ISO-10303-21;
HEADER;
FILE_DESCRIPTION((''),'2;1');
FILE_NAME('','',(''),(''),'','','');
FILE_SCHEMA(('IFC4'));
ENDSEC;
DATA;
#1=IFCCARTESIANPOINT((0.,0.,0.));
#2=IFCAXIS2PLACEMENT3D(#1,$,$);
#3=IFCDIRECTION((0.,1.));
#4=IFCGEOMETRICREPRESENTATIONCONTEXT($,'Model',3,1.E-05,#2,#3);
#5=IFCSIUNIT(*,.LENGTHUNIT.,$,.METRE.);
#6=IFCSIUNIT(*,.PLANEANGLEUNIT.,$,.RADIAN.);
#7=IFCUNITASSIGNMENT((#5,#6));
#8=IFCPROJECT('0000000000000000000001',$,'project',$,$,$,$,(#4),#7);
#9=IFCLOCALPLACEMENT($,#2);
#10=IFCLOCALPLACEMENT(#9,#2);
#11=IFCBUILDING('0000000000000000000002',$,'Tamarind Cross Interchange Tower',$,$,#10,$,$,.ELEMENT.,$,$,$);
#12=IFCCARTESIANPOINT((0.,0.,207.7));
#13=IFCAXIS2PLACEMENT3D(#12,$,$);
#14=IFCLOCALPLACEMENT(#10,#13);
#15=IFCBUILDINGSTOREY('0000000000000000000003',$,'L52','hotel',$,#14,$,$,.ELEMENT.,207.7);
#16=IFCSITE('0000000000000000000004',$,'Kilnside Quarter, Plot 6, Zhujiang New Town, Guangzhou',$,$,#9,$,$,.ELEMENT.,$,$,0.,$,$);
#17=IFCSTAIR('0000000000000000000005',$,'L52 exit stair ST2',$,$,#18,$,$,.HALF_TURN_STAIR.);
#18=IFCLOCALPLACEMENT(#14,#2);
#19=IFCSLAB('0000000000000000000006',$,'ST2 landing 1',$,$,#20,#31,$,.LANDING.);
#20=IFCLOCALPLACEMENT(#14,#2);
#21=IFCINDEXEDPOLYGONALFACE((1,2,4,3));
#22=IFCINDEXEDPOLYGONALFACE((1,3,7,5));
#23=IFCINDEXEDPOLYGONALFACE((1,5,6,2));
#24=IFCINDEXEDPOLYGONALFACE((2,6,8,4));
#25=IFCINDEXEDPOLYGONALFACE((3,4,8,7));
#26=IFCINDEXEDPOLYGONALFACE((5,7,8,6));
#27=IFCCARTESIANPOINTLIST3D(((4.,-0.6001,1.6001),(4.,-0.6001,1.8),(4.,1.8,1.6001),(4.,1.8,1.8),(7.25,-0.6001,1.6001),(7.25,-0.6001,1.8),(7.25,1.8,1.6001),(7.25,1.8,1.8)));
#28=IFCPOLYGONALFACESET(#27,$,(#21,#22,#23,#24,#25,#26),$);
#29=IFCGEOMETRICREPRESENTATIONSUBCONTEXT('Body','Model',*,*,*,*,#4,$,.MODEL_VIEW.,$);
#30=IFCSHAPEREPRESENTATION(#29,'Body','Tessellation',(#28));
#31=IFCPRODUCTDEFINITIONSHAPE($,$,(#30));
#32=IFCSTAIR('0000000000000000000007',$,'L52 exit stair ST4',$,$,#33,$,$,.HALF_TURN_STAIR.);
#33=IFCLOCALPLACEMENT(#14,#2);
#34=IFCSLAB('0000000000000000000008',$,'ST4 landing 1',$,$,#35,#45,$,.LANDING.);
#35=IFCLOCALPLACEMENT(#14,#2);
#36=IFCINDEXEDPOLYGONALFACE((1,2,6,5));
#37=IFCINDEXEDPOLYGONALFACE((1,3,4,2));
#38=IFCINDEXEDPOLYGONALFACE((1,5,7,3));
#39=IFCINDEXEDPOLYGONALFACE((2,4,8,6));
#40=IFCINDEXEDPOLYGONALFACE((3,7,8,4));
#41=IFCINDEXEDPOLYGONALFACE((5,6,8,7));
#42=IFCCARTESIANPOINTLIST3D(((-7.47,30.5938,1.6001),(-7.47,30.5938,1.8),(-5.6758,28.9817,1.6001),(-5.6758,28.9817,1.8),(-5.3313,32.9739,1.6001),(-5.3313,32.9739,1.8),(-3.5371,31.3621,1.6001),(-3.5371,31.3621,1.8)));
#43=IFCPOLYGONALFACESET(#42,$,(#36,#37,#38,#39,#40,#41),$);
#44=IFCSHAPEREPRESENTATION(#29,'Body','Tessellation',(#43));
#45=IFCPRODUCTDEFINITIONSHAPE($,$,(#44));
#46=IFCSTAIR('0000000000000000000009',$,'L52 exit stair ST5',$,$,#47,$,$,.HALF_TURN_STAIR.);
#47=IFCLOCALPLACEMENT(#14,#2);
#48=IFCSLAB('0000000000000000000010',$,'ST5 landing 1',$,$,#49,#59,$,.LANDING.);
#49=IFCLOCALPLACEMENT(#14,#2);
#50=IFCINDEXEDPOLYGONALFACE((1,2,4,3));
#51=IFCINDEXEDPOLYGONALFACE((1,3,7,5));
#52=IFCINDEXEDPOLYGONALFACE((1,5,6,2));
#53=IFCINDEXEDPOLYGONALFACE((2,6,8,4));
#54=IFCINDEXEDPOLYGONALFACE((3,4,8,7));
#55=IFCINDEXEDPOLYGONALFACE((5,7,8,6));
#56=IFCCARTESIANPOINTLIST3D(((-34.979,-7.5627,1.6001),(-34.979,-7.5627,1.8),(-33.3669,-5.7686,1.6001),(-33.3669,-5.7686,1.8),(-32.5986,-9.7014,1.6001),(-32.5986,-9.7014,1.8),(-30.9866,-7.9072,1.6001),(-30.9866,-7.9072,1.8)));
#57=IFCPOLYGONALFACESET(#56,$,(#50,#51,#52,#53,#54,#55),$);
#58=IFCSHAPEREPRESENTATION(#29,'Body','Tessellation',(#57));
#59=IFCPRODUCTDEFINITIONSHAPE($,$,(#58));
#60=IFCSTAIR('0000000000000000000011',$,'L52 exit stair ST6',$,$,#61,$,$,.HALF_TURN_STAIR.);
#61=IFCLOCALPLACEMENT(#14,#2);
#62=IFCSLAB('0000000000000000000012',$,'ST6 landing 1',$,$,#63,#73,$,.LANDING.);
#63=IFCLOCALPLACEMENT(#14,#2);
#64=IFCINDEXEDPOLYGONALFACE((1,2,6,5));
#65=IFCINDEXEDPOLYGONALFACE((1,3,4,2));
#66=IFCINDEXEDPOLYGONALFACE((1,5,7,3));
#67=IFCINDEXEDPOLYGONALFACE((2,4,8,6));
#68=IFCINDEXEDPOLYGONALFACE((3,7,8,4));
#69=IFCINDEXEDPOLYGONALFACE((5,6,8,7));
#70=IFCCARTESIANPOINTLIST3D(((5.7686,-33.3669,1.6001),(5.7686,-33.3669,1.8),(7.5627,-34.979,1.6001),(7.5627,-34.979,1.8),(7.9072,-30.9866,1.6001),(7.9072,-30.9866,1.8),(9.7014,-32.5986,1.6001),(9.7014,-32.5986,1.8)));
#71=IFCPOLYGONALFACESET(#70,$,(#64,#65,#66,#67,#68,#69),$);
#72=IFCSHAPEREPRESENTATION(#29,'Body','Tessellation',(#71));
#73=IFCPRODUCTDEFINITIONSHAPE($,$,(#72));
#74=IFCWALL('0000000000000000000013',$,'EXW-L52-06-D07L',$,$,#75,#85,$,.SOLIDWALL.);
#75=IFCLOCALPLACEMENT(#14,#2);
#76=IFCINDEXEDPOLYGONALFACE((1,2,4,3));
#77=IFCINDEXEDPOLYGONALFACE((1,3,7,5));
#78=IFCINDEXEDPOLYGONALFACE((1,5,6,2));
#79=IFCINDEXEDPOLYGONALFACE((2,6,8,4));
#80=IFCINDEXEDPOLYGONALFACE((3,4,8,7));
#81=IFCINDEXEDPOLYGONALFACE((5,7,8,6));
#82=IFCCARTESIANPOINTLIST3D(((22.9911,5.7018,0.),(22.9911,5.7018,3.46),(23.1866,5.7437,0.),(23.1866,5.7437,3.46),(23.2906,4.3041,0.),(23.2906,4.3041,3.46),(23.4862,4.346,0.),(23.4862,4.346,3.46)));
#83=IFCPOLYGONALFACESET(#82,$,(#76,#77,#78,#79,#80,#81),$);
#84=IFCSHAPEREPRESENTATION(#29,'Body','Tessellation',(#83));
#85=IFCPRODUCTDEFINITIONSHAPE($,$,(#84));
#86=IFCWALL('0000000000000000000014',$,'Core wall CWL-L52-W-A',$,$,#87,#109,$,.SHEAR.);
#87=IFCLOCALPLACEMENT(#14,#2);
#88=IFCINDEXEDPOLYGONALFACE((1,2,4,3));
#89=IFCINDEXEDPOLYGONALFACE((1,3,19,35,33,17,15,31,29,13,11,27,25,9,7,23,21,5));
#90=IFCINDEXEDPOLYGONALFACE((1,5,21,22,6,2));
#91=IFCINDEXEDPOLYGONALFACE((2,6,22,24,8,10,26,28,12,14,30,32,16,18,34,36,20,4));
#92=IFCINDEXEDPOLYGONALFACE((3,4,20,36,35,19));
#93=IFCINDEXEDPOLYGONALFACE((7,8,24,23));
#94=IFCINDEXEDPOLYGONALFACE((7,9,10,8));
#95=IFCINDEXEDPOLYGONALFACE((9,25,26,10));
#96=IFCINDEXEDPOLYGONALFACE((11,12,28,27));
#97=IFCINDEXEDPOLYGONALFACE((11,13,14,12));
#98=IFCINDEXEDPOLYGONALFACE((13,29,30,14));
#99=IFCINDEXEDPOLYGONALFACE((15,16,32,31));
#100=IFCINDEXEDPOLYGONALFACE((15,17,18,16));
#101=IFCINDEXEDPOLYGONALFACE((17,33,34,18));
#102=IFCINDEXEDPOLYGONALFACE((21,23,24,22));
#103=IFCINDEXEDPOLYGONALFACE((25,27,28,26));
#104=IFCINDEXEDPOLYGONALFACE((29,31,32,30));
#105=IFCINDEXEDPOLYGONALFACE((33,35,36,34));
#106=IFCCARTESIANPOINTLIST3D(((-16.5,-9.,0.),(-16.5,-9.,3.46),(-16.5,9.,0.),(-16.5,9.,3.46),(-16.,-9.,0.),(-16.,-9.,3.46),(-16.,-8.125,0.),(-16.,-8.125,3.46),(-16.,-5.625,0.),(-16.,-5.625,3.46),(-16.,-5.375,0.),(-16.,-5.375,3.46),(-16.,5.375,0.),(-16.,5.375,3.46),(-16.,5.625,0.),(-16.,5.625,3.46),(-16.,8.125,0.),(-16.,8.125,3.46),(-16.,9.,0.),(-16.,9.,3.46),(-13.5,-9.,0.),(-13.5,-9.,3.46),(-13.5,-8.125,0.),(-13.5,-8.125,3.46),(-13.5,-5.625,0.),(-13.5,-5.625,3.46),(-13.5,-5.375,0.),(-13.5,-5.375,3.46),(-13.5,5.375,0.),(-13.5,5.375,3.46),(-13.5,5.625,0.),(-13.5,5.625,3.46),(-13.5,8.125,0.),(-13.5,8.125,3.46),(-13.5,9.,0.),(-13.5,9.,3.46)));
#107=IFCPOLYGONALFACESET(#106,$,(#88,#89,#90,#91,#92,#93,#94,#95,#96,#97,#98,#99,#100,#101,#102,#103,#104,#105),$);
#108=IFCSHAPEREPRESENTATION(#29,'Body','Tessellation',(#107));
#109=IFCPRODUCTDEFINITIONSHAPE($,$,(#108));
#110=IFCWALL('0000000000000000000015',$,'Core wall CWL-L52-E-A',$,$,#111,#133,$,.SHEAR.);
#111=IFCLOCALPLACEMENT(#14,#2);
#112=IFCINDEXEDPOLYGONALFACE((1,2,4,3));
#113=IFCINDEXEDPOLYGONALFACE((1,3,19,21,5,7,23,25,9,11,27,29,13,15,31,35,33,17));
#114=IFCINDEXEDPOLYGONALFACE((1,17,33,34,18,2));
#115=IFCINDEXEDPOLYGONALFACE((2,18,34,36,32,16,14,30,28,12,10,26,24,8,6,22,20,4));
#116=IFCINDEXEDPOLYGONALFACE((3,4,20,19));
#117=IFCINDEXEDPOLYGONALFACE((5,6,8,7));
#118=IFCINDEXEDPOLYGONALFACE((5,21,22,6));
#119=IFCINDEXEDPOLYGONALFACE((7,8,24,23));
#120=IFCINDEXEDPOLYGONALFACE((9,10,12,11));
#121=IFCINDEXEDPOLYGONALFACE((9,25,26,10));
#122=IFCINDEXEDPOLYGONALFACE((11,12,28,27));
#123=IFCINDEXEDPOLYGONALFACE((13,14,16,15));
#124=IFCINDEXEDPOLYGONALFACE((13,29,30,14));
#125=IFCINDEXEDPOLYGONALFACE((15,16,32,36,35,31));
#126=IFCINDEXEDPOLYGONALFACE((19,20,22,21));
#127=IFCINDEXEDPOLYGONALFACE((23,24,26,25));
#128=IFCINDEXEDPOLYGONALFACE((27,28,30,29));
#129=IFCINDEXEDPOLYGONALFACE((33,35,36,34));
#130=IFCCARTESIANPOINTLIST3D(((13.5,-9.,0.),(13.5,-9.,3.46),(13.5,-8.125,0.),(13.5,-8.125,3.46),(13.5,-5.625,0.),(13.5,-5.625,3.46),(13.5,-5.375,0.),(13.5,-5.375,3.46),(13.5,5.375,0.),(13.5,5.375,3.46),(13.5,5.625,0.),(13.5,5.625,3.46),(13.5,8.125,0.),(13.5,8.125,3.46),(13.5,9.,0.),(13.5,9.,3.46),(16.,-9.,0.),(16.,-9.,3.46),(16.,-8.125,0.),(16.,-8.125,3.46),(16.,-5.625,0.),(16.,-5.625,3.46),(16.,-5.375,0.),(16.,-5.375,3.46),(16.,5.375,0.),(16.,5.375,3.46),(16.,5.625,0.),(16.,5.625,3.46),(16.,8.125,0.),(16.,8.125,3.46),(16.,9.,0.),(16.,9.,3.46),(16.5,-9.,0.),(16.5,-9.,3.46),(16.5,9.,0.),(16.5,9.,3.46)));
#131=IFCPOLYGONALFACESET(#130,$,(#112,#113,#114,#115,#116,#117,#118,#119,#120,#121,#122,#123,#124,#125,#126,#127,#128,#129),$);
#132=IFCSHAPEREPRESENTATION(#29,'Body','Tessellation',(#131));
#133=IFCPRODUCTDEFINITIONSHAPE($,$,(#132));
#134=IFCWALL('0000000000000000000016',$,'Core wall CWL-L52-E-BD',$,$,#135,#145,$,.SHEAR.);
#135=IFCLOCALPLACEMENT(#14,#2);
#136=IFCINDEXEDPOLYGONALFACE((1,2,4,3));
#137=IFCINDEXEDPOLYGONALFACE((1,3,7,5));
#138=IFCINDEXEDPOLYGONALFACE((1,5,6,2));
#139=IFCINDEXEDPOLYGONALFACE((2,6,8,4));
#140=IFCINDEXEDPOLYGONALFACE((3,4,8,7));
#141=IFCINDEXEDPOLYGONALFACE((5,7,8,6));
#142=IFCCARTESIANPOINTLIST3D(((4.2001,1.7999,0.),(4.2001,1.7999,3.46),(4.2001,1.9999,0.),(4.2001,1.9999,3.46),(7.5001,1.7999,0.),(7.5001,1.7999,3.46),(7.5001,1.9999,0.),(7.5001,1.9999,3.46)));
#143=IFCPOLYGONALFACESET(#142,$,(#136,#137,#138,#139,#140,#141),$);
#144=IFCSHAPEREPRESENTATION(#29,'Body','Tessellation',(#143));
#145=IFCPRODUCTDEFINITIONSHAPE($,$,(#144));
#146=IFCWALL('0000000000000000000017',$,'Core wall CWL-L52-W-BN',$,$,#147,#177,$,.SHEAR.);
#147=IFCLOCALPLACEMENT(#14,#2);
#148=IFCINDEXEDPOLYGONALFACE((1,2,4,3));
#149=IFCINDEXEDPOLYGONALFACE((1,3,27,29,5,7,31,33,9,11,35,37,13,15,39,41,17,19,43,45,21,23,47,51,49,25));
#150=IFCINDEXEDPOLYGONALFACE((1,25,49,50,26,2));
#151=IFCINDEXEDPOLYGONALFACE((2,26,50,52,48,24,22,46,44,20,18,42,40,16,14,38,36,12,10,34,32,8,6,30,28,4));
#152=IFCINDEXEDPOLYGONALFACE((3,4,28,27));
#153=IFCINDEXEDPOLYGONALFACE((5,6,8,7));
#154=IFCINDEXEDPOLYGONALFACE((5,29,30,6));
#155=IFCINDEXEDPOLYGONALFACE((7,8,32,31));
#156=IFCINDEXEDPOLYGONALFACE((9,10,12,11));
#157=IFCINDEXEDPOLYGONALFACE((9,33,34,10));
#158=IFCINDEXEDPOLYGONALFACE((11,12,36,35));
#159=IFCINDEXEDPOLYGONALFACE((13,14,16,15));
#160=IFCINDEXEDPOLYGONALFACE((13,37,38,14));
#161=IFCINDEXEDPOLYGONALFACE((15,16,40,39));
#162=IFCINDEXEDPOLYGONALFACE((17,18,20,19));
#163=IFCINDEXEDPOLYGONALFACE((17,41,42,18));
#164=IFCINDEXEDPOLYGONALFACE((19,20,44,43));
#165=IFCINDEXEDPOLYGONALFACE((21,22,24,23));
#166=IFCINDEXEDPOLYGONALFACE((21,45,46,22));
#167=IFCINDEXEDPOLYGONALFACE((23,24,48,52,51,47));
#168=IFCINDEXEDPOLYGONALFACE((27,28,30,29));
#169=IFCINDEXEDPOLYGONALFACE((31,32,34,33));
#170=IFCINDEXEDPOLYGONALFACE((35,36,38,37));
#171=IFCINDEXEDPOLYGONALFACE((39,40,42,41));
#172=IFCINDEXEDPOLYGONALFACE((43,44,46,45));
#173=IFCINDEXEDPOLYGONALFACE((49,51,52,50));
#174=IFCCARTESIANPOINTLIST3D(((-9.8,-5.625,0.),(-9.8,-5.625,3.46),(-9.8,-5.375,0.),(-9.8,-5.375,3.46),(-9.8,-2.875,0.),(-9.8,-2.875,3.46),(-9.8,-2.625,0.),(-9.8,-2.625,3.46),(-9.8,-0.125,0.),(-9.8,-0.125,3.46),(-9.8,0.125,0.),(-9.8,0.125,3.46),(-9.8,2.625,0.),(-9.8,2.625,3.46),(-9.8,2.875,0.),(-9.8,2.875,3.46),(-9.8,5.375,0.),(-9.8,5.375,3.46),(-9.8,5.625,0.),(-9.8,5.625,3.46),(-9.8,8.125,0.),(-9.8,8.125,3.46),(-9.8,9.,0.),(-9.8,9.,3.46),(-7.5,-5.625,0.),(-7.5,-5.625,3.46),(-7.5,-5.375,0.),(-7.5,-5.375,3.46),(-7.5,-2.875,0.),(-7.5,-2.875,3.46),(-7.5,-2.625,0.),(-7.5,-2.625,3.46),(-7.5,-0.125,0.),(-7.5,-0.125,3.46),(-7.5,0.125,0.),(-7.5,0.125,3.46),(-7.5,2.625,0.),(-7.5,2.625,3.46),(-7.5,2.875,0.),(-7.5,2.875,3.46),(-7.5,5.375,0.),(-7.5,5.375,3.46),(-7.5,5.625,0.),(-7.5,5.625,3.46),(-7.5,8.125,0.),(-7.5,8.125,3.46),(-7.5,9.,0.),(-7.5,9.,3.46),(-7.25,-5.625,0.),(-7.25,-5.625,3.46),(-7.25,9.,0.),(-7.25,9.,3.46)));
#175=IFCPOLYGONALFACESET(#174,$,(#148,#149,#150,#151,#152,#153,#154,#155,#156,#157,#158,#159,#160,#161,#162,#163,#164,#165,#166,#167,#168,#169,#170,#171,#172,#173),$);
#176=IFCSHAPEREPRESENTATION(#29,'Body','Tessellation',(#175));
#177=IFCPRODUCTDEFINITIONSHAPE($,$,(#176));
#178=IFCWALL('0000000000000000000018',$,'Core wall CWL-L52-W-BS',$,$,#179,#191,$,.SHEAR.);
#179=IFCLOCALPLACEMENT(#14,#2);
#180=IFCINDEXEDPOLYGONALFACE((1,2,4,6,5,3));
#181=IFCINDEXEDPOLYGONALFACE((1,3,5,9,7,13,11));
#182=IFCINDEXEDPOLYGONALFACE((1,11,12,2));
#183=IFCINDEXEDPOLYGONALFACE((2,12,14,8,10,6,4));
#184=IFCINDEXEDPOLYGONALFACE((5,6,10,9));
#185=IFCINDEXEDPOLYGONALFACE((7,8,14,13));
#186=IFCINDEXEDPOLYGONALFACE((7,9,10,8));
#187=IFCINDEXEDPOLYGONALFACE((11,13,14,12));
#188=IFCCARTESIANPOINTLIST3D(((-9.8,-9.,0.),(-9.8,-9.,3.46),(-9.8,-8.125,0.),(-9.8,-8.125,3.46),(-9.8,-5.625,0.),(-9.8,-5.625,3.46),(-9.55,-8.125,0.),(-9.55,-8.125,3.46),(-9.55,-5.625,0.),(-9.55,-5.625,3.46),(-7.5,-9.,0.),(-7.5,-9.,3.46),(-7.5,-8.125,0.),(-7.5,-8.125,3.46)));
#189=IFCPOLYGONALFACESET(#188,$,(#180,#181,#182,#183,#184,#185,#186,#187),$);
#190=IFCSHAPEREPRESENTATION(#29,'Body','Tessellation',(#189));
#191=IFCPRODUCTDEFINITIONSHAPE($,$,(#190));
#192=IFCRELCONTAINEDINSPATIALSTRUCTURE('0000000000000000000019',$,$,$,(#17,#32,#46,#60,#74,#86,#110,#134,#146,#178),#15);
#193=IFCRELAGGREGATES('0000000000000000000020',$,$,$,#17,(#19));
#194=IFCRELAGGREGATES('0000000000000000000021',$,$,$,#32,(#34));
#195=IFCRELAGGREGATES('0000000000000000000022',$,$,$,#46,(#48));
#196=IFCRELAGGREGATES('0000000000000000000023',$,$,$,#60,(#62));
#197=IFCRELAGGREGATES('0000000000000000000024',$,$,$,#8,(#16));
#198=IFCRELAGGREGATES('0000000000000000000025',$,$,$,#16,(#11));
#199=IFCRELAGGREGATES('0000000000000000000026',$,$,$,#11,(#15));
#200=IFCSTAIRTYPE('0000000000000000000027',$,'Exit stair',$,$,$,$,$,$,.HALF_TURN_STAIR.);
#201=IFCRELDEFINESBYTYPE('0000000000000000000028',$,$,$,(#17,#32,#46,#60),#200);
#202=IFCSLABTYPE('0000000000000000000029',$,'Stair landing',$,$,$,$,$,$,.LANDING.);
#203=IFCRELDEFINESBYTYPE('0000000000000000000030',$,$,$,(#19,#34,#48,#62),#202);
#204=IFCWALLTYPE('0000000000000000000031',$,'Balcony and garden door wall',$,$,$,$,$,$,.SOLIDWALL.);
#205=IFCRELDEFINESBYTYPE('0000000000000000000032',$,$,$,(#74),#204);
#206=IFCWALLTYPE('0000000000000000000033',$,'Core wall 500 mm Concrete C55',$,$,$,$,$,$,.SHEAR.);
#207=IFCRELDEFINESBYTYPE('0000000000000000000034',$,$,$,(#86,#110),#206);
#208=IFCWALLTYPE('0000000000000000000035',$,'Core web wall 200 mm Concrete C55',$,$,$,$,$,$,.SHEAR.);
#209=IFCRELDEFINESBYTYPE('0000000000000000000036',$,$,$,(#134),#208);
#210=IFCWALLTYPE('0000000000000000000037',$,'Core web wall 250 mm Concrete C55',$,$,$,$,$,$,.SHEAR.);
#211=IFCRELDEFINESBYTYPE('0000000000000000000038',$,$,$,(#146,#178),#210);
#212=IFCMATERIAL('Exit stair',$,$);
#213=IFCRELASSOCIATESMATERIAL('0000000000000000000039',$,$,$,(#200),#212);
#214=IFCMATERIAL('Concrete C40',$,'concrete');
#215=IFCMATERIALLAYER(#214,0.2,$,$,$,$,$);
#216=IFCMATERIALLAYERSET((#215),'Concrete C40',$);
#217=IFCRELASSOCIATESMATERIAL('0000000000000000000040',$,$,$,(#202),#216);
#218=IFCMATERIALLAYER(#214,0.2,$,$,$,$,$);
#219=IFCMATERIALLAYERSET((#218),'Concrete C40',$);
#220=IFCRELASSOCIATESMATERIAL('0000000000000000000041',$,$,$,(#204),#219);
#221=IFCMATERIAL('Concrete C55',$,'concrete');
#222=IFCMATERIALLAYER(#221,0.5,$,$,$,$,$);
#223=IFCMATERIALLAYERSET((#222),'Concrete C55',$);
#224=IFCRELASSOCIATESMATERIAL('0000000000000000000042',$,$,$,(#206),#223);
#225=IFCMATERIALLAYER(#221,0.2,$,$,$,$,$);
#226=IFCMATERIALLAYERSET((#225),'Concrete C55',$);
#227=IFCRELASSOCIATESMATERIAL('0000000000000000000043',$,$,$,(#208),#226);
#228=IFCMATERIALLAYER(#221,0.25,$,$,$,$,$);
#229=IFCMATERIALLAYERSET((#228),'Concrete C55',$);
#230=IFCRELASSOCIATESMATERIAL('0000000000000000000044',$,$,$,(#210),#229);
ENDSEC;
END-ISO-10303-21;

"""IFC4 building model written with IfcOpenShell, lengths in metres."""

from ifc_helpers import new_model, si_unit, direction, frame, frame_2d, origin, place, context, subcontext, project, spatial, polyline, rectangle, outline, extrude, material, layer, layer_set, type_object, element, aggregate, save


model = new_model("IFC4")

# Units and contexts
model_context = context("Model", 3, precision=1e-05, world=origin(), true_north=direction((0.0, 1.0)))
body_context = subcontext(model_context, "Body", "Model", "MODEL_VIEW")
ifc_project = project(units=[si_unit("LENGTHUNIT", "METRE"), si_unit("PLANEANGLEUNIT", "RADIAN")], contexts=[model_context])

# Site, building, storey
site_placement = place(None, origin())
site = spatial("IfcSite", under=ifc_project, at=site_placement, Name="Kilnside Quarter, Plot 6, Zhujiang New Town, Guangzhou", CompositionType="ELEMENT", RefElevation=0.0)
building_placement = place(site_placement, origin())
building = spatial("IfcBuilding", under=site, at=building_placement, Name="Tamarind Cross Interchange Tower", CompositionType="ELEMENT")
storey_placement = place(building_placement, frame((0.0, 0.0, 207.7)))
storey = spatial("IfcBuildingStorey", under=building, at=storey_placement, Name="L52", Description="hotel", CompositionType="ELEMENT", Elevation=207.7)

# Shared definitions
ifc_material_1 = material(Name="Concrete C55", Category="concrete")

# Stairs, slabs
ifc_material_2 = material(Name="Exit stair")
stair_type = type_object("IfcStairType", Name="Exit stair", PredefinedType="HALF_TURN_STAIR", material=ifc_material_2)
ifc_material_3 = material(Name="Concrete C40", Category="concrete")
ifc_layer_1 = layer(ifc_material_3, 0.2)
ifc_layer_set_1 = layer_set([ifc_layer_1], Name="Concrete C40")
slab_type_1 = type_object("IfcSlabType", Name="Stair landing", PredefinedType="LANDING", material=ifc_layer_set_1)
stair_1_placement = place(storey_placement, origin())
stair_1 = element("IfcStair", 1, at=stair_1_placement, inside=storey, type_object=stair_type, Name="L52 exit stair ST2", PredefinedType="HALF_TURN_STAIR")
slab_1_placement = place(storey_placement, frame((0.0, 0.0, 1.6001)))
slab_1 = element("IfcSlab", 2, at=slab_1_placement, type_object=slab_type_1, Name="ST2 landing 1", PredefinedType="LANDING", context=body_context, shape_type="SweptSolid", body=[
    extrude(outline(polyline([(7.25, -0.6001), (7.25, 1.8), (4.0, 1.8), (4.0, -0.6001), (7.25, -0.6001)])), origin(), (0.0, 0.0, 1.0), 0.2),
])
aggregate(stair_1, [slab_1])
stair_2_placement = place(storey_placement, origin())
stair_2 = element("IfcStair", 3, at=stair_2_placement, inside=storey, type_object=stair_type, Name="L52 exit stair ST4", PredefinedType="HALF_TURN_STAIR")
slab_2_placement = place(storey_placement, frame((0.0, 0.0, 1.6001)))
slab_2 = element("IfcSlab", 4, at=slab_2_placement, type_object=slab_type_1, Name="ST4 landing 1", PredefinedType="LANDING", context=body_context, shape_type="SweptSolid", body=[
    extrude(outline(polyline([(-3.5371, 31.3621), (-5.3313, 32.9739), (-7.47, 30.5938), (-5.6758, 28.9817), (-3.5371, 31.3621)])), origin(), (0.0, 0.0, 1.0), 0.2),
])
aggregate(stair_2, [slab_2])
stair_3_placement = place(storey_placement, origin())
stair_3 = element("IfcStair", 5, at=stair_3_placement, inside=storey, type_object=stair_type, Name="L52 exit stair ST5", PredefinedType="HALF_TURN_STAIR")
slab_3_placement = place(storey_placement, frame((0.0, 0.0, 1.6001)))
slab_3 = element("IfcSlab", 6, at=slab_3_placement, type_object=slab_type_1, Name="ST5 landing 1", PredefinedType="LANDING", context=body_context, shape_type="SweptSolid", body=[
    extrude(outline(polyline([(-33.3669, -5.7686), (-34.979, -7.5627), (-32.5986, -9.7014), (-30.9866, -7.9072), (-33.3669, -5.7686)])), origin(), (0.0, 0.0, 1.0), 0.2),
])
aggregate(stair_3, [slab_3])
stair_4_placement = place(storey_placement, origin())
stair_4 = element("IfcStair", 7, at=stair_4_placement, inside=storey, type_object=stair_type, Name="L52 exit stair ST6", PredefinedType="HALF_TURN_STAIR")
slab_4_placement = place(storey_placement, frame((0.0, 0.0, 1.6001)))
slab_4 = element("IfcSlab", 8, at=slab_4_placement, type_object=slab_type_1, Name="ST6 landing 1", PredefinedType="LANDING", context=body_context, shape_type="SweptSolid", body=[
    extrude(outline(polyline([(5.7686, -33.3669), (7.5627, -34.979), (9.7014, -32.5986), (7.9072, -30.9866), (5.7686, -33.3669)])), origin(), (0.0, 0.0, 1.0), 0.2),
])
aggregate(stair_4, [slab_4])

# Wall
ifc_layer_2 = layer(ifc_material_3, 0.2)
ifc_layer_set_2 = layer_set([ifc_layer_2], Name="Concrete C40")
wall_type_1 = type_object("IfcWallType", Name="Balcony and garden door wall", PredefinedType="SOLIDWALL", material=ifc_layer_set_2)
wall_1_placement = place(storey_placement, frame((23.3884, 4.325, 0.0), z_axis=(0.0, 0.0, 1.0), x_axis=(-0.209564, 0.977795, 0.0)))
element("IfcWall", 9, at=wall_1_placement, inside=storey, type_object=wall_type_1, Name="EXW-L52-06-D07L", PredefinedType="SOLIDWALL", context=body_context, shape_type="SweptSolid", body=[
    extrude(rectangle(XDim=1.4294, YDim=0.2, at=frame_2d((0.7148, 0.0))), origin(), (0.0, 0.0, 1.0), 3.46),
])

# Walls
ifc_layer_3 = layer(ifc_material_1, 0.5)
ifc_layer_set_3 = layer_set([ifc_layer_3], Name="Concrete C55")
wall_type_2 = type_object("IfcWallType", Name="Core wall 500 mm Concrete C55", PredefinedType="SHEAR", material=ifc_layer_set_3)
wall_2_placement = place(storey_placement, origin())
element("IfcWall", 10, at=wall_2_placement, inside=storey, type_object=wall_type_2, Name="Core wall CWL-L52-W-A", PredefinedType="SHEAR", context=body_context, shape_type="SweptSolid", body=[
    extrude(outline(polyline([(-13.5, -8.125), (-16.0, -8.125), (-16.0, -5.625), (-13.5, -5.625), (-13.5, -5.375), (-16.0, -5.375), (-16.0, 5.375), (-13.5, 5.375), (-13.5, 5.625), (-16.0, 5.625), (-16.0, 8.125), (-13.5, 8.125), (-13.5, 9.0), (-16.0, 9.0), (-16.5, 9.0), (-16.5, -9.0), (-16.0, -9.0), (-13.5, -9.0), (-13.5, -8.125)])), origin(), (0.0, 0.0, 1.0), 3.46),
])
wall_3_placement = place(storey_placement, origin())
element("IfcWall", 11, at=wall_3_placement, inside=storey, type_object=wall_type_2, Name="Core wall CWL-L52-E-A", PredefinedType="SHEAR", context=body_context, shape_type="SweptSolid", body=[
    extrude(outline(polyline([(13.5, -8.125), (13.5, -9.0), (16.0, -9.0), (16.5, -9.0), (16.5, 9.0), (16.0, 9.0), (13.5, 9.0), (13.5, 8.125), (16.0, 8.125), (16.0, 5.625), (13.5, 5.625), (13.5, 5.375), (16.0, 5.375), (16.0, -5.375), (13.5, -5.375), (13.5, -5.625), (16.0, -5.625), (16.0, -8.125), (13.5, -8.125)])), origin(), (0.0, 0.0, 1.0), 3.46),
])
ifc_layer_4 = layer(ifc_material_1, 0.2)
ifc_layer_set_4 = layer_set([ifc_layer_4], Name="Concrete C55")
wall_type_3 = type_object("IfcWallType", Name="Core web wall 200 mm Concrete C55", PredefinedType="SHEAR", material=ifc_layer_set_4)
wall_4_placement = place(storey_placement, frame((7.5, 1.8999, 0.0), z_axis=(0.0, 0.0, 1.0), x_axis=(-1.0, 0.0, 0.0)))
element("IfcWall", 12, at=wall_4_placement, inside=storey, type_object=wall_type_3, Name="Core wall CWL-L52-E-BD", PredefinedType="SHEAR", context=body_context, shape_type="SweptSolid", body=[
    extrude(rectangle(XDim=3.3, YDim=0.2, at=frame_2d((1.6499, 0.0))), origin(), (0.0, 0.0, 1.0), 3.46),
])
ifc_layer_5 = layer(ifc_material_1, 0.25)
ifc_layer_set_5 = layer_set([ifc_layer_5], Name="Concrete C55")
wall_type_4 = type_object("IfcWallType", Name="Core web wall 250 mm Concrete C55", PredefinedType="SHEAR", material=ifc_layer_set_5)
wall_5_placement = place(storey_placement, origin())
element("IfcWall", 13, at=wall_5_placement, inside=storey, type_object=wall_type_4, Name="Core wall CWL-L52-W-BN", PredefinedType="SHEAR", context=body_context, shape_type="SweptSolid", body=[
    extrude(outline(polyline([(-9.8, -5.375), (-9.8, -5.625), (-7.5, -5.625), (-7.25, -5.625), (-7.25, 9.0), (-7.5, 9.0), (-9.8, 9.0), (-9.8, 8.125), (-7.5, 8.125), (-7.5, 5.625), (-9.8, 5.625), (-9.8, 5.375), (-7.5, 5.375), (-7.5, 2.875), (-9.8, 2.875), (-9.8, 2.625), (-7.5, 2.625), (-7.5, 0.125), (-9.8, 0.125), (-9.8, -0.125), (-7.5, -0.125), (-7.5, -2.625), (-9.8, -2.625), (-9.8, -2.875), (-7.5, -2.875), (-7.5, -5.375), (-9.8, -5.375)])), origin(), (0.0, 0.0, 1.0), 3.46),
])
wall_6_placement = place(storey_placement, origin())
element("IfcWall", 14, at=wall_6_placement, inside=storey, type_object=wall_type_4, Name="Core wall CWL-L52-W-BS", PredefinedType="SHEAR", context=body_context, shape_type="SweptSolid", body=[
    extrude(outline(polyline([(-7.5, -8.125), (-9.55, -8.125), (-9.55, -5.625), (-9.8, -5.625), (-9.8, -8.125), (-9.8, -9.0), (-7.5, -9.0), (-7.5, -8.125)])), origin(), (0.0, 0.0, 1.0), 3.46),
])

save(model, "model.ifc")
